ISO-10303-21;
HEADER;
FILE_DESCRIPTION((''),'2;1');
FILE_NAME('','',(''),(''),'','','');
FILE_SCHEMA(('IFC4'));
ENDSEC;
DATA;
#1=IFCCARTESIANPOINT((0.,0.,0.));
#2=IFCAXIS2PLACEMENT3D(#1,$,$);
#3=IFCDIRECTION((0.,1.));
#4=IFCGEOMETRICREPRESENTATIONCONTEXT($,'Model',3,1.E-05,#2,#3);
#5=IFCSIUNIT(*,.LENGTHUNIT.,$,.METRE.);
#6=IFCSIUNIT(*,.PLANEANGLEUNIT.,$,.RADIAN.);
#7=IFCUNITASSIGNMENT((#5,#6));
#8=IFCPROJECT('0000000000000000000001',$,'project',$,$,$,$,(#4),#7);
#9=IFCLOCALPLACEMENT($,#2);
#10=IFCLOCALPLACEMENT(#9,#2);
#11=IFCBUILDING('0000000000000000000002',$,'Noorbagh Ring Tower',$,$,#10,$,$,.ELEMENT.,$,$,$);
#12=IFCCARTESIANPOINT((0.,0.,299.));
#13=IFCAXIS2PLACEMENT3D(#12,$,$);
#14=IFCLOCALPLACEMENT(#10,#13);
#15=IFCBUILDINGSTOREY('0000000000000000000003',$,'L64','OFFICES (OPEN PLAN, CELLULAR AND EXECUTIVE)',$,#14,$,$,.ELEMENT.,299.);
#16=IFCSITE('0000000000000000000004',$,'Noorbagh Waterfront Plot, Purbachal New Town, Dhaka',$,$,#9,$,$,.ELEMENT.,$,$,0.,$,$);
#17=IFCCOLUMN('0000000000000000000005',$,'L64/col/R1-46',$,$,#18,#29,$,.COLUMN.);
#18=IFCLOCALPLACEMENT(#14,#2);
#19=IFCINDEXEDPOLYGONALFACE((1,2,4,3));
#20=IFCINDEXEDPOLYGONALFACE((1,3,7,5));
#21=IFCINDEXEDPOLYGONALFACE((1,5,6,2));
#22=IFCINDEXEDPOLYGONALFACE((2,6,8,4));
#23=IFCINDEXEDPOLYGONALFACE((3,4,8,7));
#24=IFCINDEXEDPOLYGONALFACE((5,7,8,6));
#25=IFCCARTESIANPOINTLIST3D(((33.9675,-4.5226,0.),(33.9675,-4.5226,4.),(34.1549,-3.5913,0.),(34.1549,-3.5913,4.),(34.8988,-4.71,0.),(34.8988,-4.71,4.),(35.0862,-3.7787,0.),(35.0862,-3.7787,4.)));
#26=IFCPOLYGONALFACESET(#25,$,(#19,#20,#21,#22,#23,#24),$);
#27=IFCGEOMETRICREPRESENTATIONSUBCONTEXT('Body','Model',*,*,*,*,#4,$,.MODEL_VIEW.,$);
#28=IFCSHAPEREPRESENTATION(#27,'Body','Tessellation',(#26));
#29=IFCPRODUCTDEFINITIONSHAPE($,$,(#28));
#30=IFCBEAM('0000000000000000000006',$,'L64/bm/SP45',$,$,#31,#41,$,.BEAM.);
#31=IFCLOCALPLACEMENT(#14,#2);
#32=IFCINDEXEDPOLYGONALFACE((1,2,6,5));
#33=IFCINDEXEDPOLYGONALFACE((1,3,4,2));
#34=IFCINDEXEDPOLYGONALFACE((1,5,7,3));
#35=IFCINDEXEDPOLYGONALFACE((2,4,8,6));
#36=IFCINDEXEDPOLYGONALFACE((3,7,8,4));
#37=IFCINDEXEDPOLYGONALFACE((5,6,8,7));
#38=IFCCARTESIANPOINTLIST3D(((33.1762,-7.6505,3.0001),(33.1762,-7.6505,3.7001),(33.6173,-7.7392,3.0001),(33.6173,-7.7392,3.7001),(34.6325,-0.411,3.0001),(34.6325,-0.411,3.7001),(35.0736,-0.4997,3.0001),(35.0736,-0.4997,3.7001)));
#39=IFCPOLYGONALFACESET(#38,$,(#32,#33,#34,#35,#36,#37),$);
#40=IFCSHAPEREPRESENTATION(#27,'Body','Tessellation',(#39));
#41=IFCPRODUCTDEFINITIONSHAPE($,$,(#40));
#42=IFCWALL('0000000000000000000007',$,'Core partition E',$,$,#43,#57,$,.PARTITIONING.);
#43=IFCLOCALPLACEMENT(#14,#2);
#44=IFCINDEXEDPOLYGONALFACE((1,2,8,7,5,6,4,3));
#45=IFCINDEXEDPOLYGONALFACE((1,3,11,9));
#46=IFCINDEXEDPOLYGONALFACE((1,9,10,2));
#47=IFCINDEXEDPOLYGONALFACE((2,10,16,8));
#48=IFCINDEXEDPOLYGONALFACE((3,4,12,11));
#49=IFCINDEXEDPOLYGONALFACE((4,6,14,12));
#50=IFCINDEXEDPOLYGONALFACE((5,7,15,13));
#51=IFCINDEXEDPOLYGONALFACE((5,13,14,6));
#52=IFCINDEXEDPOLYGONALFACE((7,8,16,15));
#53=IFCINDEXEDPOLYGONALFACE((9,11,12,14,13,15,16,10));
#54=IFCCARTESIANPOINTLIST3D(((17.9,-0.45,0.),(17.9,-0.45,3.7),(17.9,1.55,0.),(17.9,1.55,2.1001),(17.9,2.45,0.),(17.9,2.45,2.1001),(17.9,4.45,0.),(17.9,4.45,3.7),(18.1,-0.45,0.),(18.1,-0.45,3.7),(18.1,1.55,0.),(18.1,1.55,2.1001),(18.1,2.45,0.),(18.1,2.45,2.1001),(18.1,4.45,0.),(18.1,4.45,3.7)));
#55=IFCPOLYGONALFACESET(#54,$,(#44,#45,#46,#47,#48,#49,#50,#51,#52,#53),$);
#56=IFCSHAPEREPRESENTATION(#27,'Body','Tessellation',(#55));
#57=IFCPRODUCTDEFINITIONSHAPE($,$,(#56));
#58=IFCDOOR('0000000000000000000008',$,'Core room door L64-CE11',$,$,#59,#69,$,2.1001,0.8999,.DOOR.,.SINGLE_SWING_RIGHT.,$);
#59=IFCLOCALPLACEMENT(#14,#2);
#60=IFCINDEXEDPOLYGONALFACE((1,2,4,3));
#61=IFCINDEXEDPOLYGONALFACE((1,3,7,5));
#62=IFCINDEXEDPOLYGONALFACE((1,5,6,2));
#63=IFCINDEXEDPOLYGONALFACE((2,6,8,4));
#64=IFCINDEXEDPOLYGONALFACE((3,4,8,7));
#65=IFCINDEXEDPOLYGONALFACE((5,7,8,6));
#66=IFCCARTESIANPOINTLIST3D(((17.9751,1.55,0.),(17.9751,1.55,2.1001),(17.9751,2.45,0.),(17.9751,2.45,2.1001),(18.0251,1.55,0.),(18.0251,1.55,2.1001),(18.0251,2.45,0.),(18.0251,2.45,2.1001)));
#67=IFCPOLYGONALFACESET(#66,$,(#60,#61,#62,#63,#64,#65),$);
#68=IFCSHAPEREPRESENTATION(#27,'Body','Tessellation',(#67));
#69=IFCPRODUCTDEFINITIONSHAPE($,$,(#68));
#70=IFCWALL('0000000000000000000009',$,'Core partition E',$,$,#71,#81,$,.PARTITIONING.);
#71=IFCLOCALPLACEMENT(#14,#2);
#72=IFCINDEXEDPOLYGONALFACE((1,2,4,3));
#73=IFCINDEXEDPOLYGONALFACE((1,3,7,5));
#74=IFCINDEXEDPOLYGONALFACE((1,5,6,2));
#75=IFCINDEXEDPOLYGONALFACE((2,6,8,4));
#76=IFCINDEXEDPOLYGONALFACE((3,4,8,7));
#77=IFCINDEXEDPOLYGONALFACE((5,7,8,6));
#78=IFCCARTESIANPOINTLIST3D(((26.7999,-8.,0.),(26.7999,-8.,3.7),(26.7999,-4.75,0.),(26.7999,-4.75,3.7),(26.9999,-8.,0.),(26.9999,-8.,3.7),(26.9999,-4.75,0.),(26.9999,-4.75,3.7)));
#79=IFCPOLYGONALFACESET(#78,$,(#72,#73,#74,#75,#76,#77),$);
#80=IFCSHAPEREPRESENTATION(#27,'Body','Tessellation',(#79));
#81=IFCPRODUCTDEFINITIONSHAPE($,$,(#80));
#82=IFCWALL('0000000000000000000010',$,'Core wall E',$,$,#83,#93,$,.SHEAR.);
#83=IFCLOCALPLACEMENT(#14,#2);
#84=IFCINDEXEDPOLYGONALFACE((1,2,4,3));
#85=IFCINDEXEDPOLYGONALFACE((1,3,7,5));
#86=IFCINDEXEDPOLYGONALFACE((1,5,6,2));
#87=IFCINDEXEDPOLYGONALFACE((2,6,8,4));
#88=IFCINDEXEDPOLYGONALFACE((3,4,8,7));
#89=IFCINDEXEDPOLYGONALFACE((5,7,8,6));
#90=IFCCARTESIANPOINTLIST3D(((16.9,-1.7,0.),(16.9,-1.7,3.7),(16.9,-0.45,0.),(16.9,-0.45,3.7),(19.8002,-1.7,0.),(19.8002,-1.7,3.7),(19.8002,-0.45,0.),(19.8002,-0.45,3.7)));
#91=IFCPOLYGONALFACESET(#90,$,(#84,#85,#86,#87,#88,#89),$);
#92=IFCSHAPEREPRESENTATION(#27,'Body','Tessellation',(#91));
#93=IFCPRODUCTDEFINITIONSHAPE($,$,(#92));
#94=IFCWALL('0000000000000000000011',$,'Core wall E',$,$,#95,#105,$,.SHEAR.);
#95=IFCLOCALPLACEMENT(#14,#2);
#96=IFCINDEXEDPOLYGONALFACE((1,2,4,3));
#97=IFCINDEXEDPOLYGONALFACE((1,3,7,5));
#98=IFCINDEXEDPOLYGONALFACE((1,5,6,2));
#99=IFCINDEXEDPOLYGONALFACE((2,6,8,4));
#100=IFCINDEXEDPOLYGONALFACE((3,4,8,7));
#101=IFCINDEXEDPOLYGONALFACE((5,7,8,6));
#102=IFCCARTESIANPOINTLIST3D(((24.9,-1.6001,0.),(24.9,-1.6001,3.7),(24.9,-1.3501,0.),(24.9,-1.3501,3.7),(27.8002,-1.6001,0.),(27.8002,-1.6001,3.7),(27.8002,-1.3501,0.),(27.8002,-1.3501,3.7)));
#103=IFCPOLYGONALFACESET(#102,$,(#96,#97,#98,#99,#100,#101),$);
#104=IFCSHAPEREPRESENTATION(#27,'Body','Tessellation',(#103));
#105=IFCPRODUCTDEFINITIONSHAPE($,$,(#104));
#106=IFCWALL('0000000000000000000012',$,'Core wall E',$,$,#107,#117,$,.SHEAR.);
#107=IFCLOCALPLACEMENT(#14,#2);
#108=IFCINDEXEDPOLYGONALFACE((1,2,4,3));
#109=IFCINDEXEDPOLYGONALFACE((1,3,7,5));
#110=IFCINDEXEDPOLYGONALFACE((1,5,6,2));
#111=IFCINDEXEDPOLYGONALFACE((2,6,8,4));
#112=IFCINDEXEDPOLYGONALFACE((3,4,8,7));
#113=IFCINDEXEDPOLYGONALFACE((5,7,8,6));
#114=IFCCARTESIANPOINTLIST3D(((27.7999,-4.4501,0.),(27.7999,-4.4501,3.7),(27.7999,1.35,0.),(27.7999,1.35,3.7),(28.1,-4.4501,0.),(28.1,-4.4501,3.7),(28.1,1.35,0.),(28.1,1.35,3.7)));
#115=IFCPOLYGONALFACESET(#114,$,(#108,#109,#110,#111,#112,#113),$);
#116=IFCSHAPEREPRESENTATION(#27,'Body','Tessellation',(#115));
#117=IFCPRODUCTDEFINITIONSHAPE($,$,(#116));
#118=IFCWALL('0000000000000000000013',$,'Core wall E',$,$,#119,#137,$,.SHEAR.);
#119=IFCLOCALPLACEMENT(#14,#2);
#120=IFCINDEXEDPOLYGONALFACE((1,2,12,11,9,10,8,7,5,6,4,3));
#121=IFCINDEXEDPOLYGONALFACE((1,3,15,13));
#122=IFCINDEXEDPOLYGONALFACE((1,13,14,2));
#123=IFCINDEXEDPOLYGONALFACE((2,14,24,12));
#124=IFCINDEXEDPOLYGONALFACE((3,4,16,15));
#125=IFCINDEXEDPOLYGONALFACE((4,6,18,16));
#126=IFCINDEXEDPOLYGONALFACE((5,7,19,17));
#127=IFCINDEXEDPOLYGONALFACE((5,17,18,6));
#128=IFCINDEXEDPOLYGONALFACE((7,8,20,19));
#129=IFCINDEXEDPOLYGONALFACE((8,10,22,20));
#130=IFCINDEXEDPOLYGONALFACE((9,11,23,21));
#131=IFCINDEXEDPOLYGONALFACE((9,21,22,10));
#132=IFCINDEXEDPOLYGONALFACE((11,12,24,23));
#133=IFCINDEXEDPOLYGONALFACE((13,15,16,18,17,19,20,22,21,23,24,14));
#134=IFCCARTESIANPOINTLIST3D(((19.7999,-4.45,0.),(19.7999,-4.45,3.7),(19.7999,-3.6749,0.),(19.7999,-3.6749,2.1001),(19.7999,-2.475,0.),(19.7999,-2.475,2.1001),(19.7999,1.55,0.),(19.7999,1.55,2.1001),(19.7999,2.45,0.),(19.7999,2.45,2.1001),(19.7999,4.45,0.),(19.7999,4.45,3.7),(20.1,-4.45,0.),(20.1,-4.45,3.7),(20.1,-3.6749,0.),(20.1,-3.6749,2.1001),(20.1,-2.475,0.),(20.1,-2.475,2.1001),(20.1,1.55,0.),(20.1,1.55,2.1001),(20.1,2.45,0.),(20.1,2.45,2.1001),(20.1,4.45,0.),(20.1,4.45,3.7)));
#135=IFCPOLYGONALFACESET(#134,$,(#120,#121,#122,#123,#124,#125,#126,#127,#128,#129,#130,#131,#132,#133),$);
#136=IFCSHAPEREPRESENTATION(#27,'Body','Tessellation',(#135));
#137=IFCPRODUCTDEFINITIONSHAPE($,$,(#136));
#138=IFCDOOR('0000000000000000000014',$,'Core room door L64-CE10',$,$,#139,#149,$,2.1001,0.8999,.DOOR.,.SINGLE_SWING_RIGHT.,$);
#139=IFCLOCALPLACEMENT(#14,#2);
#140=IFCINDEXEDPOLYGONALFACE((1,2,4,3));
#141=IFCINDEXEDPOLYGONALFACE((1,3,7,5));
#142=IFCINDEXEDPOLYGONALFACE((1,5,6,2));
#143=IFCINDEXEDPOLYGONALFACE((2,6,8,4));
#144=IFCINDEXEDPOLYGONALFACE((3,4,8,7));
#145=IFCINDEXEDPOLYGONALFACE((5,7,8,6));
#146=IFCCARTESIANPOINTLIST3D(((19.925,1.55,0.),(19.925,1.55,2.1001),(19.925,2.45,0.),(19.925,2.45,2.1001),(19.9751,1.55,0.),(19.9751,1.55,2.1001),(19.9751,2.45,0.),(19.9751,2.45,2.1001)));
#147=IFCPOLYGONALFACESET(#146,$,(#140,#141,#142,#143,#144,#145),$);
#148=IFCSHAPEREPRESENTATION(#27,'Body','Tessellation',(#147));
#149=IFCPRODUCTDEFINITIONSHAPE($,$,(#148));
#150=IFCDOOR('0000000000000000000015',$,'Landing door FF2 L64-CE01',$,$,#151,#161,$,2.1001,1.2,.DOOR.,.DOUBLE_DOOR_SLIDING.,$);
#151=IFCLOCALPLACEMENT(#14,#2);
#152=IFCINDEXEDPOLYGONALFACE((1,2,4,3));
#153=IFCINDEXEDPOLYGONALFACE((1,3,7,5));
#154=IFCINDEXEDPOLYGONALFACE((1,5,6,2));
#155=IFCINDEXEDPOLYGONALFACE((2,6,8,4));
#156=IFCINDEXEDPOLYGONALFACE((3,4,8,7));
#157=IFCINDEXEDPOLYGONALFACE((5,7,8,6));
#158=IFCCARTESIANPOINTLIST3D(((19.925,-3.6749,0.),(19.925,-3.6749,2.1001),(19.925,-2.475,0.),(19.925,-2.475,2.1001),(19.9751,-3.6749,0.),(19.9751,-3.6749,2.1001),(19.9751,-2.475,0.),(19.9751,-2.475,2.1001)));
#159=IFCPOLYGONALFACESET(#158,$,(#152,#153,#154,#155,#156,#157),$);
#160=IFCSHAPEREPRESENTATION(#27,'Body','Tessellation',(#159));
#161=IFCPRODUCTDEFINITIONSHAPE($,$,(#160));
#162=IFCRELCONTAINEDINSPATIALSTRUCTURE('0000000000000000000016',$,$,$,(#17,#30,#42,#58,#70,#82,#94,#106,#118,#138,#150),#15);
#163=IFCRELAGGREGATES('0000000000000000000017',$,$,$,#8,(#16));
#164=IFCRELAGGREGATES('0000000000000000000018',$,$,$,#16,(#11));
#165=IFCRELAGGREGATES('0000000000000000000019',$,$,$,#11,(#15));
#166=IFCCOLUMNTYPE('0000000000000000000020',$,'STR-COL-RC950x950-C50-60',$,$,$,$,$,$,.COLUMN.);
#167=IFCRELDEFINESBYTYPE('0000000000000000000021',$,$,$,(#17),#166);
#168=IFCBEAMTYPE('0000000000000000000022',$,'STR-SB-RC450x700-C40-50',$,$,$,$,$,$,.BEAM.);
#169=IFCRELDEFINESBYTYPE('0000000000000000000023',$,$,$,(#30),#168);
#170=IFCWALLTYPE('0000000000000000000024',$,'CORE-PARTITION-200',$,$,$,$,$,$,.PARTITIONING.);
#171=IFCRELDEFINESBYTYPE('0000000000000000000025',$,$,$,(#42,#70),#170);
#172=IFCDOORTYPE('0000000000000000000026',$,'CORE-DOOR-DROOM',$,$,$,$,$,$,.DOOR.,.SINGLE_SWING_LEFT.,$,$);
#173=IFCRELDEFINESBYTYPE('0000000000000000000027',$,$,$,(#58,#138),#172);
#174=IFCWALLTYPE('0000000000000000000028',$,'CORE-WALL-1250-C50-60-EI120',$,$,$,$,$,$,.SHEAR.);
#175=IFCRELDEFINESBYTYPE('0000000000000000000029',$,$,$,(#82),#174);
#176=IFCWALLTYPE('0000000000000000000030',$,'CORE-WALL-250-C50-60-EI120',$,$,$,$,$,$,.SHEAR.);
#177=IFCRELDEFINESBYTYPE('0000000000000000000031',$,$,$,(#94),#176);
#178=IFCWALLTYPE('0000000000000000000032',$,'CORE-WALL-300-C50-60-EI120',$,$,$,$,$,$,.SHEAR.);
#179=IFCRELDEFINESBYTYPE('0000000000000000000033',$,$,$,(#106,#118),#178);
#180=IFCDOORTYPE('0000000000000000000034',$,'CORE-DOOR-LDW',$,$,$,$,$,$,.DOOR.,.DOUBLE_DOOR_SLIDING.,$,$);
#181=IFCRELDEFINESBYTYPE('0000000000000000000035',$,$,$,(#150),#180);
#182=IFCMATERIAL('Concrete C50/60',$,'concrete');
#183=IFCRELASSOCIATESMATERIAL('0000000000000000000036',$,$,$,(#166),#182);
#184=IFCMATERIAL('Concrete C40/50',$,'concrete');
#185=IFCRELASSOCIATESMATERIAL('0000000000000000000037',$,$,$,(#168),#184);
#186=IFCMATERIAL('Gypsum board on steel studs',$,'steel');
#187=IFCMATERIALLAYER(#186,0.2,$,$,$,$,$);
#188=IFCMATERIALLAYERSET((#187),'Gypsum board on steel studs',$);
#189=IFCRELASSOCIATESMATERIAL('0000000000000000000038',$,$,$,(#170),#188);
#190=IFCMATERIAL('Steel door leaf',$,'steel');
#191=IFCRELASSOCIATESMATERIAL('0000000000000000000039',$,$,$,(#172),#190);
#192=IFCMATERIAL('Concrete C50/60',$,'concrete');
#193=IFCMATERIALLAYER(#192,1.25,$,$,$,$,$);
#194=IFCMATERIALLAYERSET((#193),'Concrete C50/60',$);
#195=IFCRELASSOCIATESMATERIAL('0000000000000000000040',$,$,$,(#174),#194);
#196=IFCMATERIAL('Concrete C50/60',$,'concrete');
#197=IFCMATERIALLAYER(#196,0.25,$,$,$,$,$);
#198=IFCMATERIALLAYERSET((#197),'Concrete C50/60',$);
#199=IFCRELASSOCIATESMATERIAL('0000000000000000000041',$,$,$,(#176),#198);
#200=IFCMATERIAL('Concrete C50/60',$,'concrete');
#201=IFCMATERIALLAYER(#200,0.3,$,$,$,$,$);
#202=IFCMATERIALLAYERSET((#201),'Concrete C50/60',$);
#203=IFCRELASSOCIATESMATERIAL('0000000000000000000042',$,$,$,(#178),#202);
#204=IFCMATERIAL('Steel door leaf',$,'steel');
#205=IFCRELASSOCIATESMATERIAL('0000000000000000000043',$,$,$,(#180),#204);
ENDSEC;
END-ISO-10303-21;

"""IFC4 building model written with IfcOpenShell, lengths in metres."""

from ifc_helpers import new_model, si_unit, direction, frame, frame_2d, origin, origin_2d, place, context, subcontext, project, spatial, rectangle, extrude, material, layer, layer_set, material_profile, profile_set, type_object, element, fill, save


model = new_model("IFC4")

# Units and contexts
model_context = context("Model", 3, precision=1e-05, world=origin(), true_north=direction((0.0, 1.0)))
body_context = subcontext(model_context, "Body", "Model", "MODEL_VIEW")
ifc_project = project(units=[si_unit("LENGTHUNIT", "METRE"), si_unit("PLANEANGLEUNIT", "RADIAN")], contexts=[model_context])

# Site, building, storey
site_placement = place(None, origin())
site = spatial("IfcSite", under=ifc_project, at=site_placement, Name="Noorbagh Waterfront Plot, Purbachal New Town, Dhaka", CompositionType="ELEMENT", RefElevation=0.0)
building_placement = place(site_placement, origin())
building = spatial("IfcBuilding", under=site, at=building_placement, Name="Noorbagh Ring Tower", CompositionType="ELEMENT")
storey_placement = place(building_placement, frame((0.0, 0.0, 299.0)))
storey = spatial("IfcBuildingStorey", under=building, at=storey_placement, Name="L64", Description="OFFICES (OPEN PLAN, CELLULAR AND EXECUTIVE)", CompositionType="ELEMENT", Elevation=299.0)

# Column
ifc_material_1 = material(Name="Concrete C50/60", Category="concrete")
ifc_material_profile_1 = material_profile(ifc_material_1, rectangle(XDim=0.95, YDim=0.95, at=origin_2d()), Name="RC950x950")
ifc_profile_set_1 = profile_set([ifc_material_profile_1], Name="Concrete C50/60")
column_type = type_object("IfcColumnType", Name="STR-COL-RC950x950-C50-60", PredefinedType="COLUMN", material=ifc_profile_set_1)
column_placement = place(storey_placement, frame((34.5269, -4.1506, 0.0), z_axis=(0.0, 0.0, 1.0), x_axis=(0.19723, 0.980357, 0.0)))
element("IfcColumn", 1, at=column_placement, inside=storey, type_object=column_type, Name="L64/col/R1-46", PredefinedType="COLUMN", context=body_context, shape_type="SweptSolid", body=[
    extrude(rectangle(XDim=0.95, YDim=0.95, at=origin_2d()), origin(), (0.0, 0.0, 1.0), 4.0),
])

# Beam
ifc_material_2 = material(Name="Concrete C40/50", Category="concrete")
ifc_material_profile_2 = material_profile(ifc_material_2, rectangle(XDim=0.45, YDim=0.7, at=origin_2d()), Name="RC450x700")
ifc_profile_set_2 = profile_set([ifc_material_profile_2], Name="Concrete C40/50")
beam_type = type_object("IfcBeamType", Name="STR-SB-RC450x700-C40-50", PredefinedType="BEAM", material=ifc_profile_set_2)
beam_placement = place(storey_placement, frame((33.3967, -7.6948, 3.3501), z_axis=(0.19721, 0.980361, 0.0), x_axis=(-0.980361, 0.19721, 0.0)))
element("IfcBeam", 2, at=beam_placement, inside=storey, type_object=beam_type, Name="L64/bm/SP45", PredefinedType="BEAM", context=body_context, shape_type="SweptSolid", body=[
    extrude(rectangle(XDim=0.45, YDim=0.7, at=origin_2d()), origin(), (0.0, 0.0, 1.0), 7.3845),
])

# Wall, opening, door
ifc_material_3 = material(Name="Gypsum board on steel studs", Category="steel")
ifc_layer_1 = layer(ifc_material_3, 0.2)
ifc_layer_set_1 = layer_set([ifc_layer_1], Name="Gypsum board on steel studs")
wall_type_1 = type_object("IfcWallType", Name="CORE-PARTITION-200", PredefinedType="PARTITIONING", material=ifc_layer_set_1)
wall_1_placement = place(storey_placement, frame((18.0, -0.45, 0.0), z_axis=(0.0, 0.0, 1.0), x_axis=(0.0, 1.0, 0.0)))
wall_1 = element("IfcWall", 3, at=wall_1_placement, inside=storey, type_object=wall_type_1, Name="Core partition E", PredefinedType="PARTITIONING", context=body_context, shape_type="SweptSolid", body=[
    extrude(rectangle(XDim=4.8999, YDim=0.2, at=frame_2d((2.45, 0.0))), origin(), (0.0, 0.0, 1.0), 3.7),
])
opening_1_placement = place(wall_1_placement, frame((2.0, 0.0, 0.0)))
opening_1 = element("IfcOpeningElement", 4, at=opening_1_placement, cuts=wall_1, PredefinedType="OPENING", context=body_context, shape_type="SweptSolid", body=[
    extrude(rectangle(XDim=0.8999, YDim=2.1001, at=frame_2d((0.45, 1.05))), frame((0.0, 0.1099, 0.0), z_axis=(0.0, -1.0, 0.0), x_axis=(1.0, 0.0, 0.0)), (0.0, 0.0, 1.0), 0.22),
])
ifc_material_4 = material(Name="Steel door leaf", Category="steel")
door_type_1 = type_object("IfcDoorType", Name="CORE-DOOR-DROOM", OperationType="SINGLE_SWING_LEFT", PredefinedType="DOOR", material=ifc_material_4)
door_1_placement = place(opening_1_placement, origin())
door_1 = element("IfcDoor", 5, at=door_1_placement, inside=storey, type_object=door_type_1, Name="Core room door L64-CE11", OperationType="SINGLE_SWING_RIGHT", OverallHeight=2.1001, OverallWidth=0.8999, PredefinedType="DOOR", context=body_context, shape_type="SweptSolid", body=[
    extrude(rectangle(XDim=0.8999, YDim=2.1001, at=frame_2d((0.45, 1.05))), frame((0.0, 0.0249, 0.0), z_axis=(0.0, -1.0, 0.0), x_axis=(1.0, 0.0, 0.0)), (0.0, 0.0, 1.0), 0.05),
])
fill(opening_1, door_1)

# Walls
wall_2_placement = place(storey_placement, frame((26.8999, -8.0, 0.0), z_axis=(0.0, 0.0, 1.0), x_axis=(0.0, 1.0, 0.0)))
element("IfcWall", 6, at=wall_2_placement, inside=storey, type_object=wall_type_1, Name="Core partition E", PredefinedType="PARTITIONING", context=body_context, shape_type="SweptSolid", body=[
    extrude(rectangle(XDim=3.25, YDim=0.2, at=frame_2d((1.625, 0.0))), origin(), (0.0, 0.0, 1.0), 3.7),
])
ifc_material_5 = material(Name="Concrete C50/60", Category="concrete")
ifc_layer_2 = layer(ifc_material_5, 1.25)
ifc_layer_set_2 = layer_set([ifc_layer_2], Name="Concrete C50/60")
wall_type_2 = type_object("IfcWallType", Name="CORE-WALL-1250-C50-60-EI120", PredefinedType="SHEAR", material=ifc_layer_set_2)
wall_3_placement = place(storey_placement, frame((16.8999, -1.075, 0.0), z_axis=(0.0, 0.0, 1.0), x_axis=(1.0, 0.0, 0.0)))
element("IfcWall", 7, at=wall_3_placement, inside=storey, type_object=wall_type_2, Name="Core wall E", PredefinedType="SHEAR", context=body_context, shape_type="SweptSolid", body=[
    extrude(rectangle(XDim=2.9001, YDim=1.25, at=frame_2d((1.4502, 0.0))), origin(), (0.0, 0.0, 1.0), 3.7),
])
ifc_material_6 = material(Name="Concrete C50/60", Category="concrete")
ifc_layer_3 = layer(ifc_material_6, 0.25)
ifc_layer_set_3 = layer_set([ifc_layer_3], Name="Concrete C50/60")
wall_type_3 = type_object("IfcWallType", Name="CORE-WALL-250-C50-60-EI120", PredefinedType="SHEAR", material=ifc_layer_set_3)
wall_4_placement = place(storey_placement, frame((24.8999, -1.4751, 0.0), z_axis=(0.0, 0.0, 1.0), x_axis=(1.0, 0.0, 0.0)))
element("IfcWall", 8, at=wall_4_placement, inside=storey, type_object=wall_type_3, Name="Core wall E", PredefinedType="SHEAR", context=body_context, shape_type="SweptSolid", body=[
    extrude(rectangle(XDim=2.9001, YDim=0.25, at=frame_2d((1.4502, 0.0))), origin(), (0.0, 0.0, 1.0), 3.7),
])
ifc_material_7 = material(Name="Concrete C50/60", Category="concrete")
ifc_layer_4 = layer(ifc_material_7, 0.3)
ifc_layer_set_4 = layer_set([ifc_layer_4], Name="Concrete C50/60")
wall_type_4 = type_object("IfcWallType", Name="CORE-WALL-300-C50-60-EI120", PredefinedType="SHEAR", material=ifc_layer_set_4)
wall_5_placement = place(storey_placement, frame((27.95, -4.45, 0.0), z_axis=(0.0, 0.0, 1.0), x_axis=(0.0, 1.0, 0.0)))
element("IfcWall", 9, at=wall_5_placement, inside=storey, type_object=wall_type_4, Name="Core wall E", PredefinedType="SHEAR", context=body_context, shape_type="SweptSolid", body=[
    extrude(rectangle(XDim=5.8, YDim=0.3, at=frame_2d((2.8999, 0.0))), origin(), (0.0, 0.0, 1.0), 3.7),
])

# Wall, openings, doors
wall_6_placement = place(storey_placement, frame((19.95, -4.45, 0.0), z_axis=(0.0, 0.0, 1.0), x_axis=(0.0, 1.0, 0.0)))
wall_6 = element("IfcWall", 10, at=wall_6_placement, inside=storey, type_object=wall_type_4, Name="Core wall E", PredefinedType="SHEAR", context=body_context, shape_type="SweptSolid", body=[
    extrude(rectangle(XDim=8.8999, YDim=0.3, at=frame_2d((4.45, 0.0))), origin(), (0.0, 0.0, 1.0), 3.7),
])
opening_2_placement = place(wall_6_placement, frame((0.7749, 0.0, 0.0)))
opening_2 = element("IfcOpeningElement", 11, at=opening_2_placement, cuts=wall_6, PredefinedType="OPENING", context=body_context, shape_type="SweptSolid", body=[
    extrude(rectangle(XDim=1.2, YDim=2.1001, at=frame_2d((0.6001, 1.05))), frame((0.0, 0.1602, 0.0), z_axis=(0.0, -1.0, 0.0), x_axis=(1.0, 0.0, 0.0)), (0.0, 0.0, 1.0), 0.3201),
])
opening_3_placement = place(wall_6_placement, frame((6.0, 0.0, 0.0)))
opening_3 = element("IfcOpeningElement", 12, at=opening_3_placement, cuts=wall_6, PredefinedType="OPENING", context=body_context, shape_type="SweptSolid", body=[
    extrude(rectangle(XDim=0.8999, YDim=2.1001, at=frame_2d((0.45, 1.05))), frame((0.0, 0.1602, 0.0), z_axis=(0.0, -1.0, 0.0), x_axis=(1.0, 0.0, 0.0)), (0.0, 0.0, 1.0), 0.3201),
])
door_2_placement = place(opening_3_placement, origin())
door_2 = element("IfcDoor", 13, at=door_2_placement, inside=storey, type_object=door_type_1, Name="Core room door L64-CE10", OperationType="SINGLE_SWING_RIGHT", OverallHeight=2.1001, OverallWidth=0.8999, PredefinedType="DOOR", context=body_context, shape_type="SweptSolid", body=[
    extrude(rectangle(XDim=0.8999, YDim=2.1001, at=frame_2d((0.45, 1.05))), frame((0.0, 0.0249, 0.0), z_axis=(0.0, -1.0, 0.0), x_axis=(1.0, 0.0, 0.0)), (0.0, 0.0, 1.0), 0.05),
])
fill(opening_3, door_2)
ifc_material_8 = material(Name="Steel door leaf", Category="steel")
door_type_2 = type_object("IfcDoorType", Name="CORE-DOOR-LDW", OperationType="DOUBLE_DOOR_SLIDING", PredefinedType="DOOR", material=ifc_material_8)
door_3_placement = place(opening_2_placement, origin())
door_3 = element("IfcDoor", 14, at=door_3_placement, inside=storey, type_object=door_type_2, Name="Landing door FF2 L64-CE01", OperationType="DOUBLE_DOOR_SLIDING", OverallHeight=2.1001, OverallWidth=1.2, PredefinedType="DOOR", context=body_context, shape_type="SweptSolid", body=[
    extrude(rectangle(XDim=1.2, YDim=2.1001, at=frame_2d((0.6001, 1.05))), frame((0.0, 0.0249, 0.0), z_axis=(0.0, -1.0, 0.0), x_axis=(1.0, 0.0, 0.0)), (0.0, 0.0, 1.0), 0.05),
])
fill(opening_2, door_3)

save(model, "model.ifc")
